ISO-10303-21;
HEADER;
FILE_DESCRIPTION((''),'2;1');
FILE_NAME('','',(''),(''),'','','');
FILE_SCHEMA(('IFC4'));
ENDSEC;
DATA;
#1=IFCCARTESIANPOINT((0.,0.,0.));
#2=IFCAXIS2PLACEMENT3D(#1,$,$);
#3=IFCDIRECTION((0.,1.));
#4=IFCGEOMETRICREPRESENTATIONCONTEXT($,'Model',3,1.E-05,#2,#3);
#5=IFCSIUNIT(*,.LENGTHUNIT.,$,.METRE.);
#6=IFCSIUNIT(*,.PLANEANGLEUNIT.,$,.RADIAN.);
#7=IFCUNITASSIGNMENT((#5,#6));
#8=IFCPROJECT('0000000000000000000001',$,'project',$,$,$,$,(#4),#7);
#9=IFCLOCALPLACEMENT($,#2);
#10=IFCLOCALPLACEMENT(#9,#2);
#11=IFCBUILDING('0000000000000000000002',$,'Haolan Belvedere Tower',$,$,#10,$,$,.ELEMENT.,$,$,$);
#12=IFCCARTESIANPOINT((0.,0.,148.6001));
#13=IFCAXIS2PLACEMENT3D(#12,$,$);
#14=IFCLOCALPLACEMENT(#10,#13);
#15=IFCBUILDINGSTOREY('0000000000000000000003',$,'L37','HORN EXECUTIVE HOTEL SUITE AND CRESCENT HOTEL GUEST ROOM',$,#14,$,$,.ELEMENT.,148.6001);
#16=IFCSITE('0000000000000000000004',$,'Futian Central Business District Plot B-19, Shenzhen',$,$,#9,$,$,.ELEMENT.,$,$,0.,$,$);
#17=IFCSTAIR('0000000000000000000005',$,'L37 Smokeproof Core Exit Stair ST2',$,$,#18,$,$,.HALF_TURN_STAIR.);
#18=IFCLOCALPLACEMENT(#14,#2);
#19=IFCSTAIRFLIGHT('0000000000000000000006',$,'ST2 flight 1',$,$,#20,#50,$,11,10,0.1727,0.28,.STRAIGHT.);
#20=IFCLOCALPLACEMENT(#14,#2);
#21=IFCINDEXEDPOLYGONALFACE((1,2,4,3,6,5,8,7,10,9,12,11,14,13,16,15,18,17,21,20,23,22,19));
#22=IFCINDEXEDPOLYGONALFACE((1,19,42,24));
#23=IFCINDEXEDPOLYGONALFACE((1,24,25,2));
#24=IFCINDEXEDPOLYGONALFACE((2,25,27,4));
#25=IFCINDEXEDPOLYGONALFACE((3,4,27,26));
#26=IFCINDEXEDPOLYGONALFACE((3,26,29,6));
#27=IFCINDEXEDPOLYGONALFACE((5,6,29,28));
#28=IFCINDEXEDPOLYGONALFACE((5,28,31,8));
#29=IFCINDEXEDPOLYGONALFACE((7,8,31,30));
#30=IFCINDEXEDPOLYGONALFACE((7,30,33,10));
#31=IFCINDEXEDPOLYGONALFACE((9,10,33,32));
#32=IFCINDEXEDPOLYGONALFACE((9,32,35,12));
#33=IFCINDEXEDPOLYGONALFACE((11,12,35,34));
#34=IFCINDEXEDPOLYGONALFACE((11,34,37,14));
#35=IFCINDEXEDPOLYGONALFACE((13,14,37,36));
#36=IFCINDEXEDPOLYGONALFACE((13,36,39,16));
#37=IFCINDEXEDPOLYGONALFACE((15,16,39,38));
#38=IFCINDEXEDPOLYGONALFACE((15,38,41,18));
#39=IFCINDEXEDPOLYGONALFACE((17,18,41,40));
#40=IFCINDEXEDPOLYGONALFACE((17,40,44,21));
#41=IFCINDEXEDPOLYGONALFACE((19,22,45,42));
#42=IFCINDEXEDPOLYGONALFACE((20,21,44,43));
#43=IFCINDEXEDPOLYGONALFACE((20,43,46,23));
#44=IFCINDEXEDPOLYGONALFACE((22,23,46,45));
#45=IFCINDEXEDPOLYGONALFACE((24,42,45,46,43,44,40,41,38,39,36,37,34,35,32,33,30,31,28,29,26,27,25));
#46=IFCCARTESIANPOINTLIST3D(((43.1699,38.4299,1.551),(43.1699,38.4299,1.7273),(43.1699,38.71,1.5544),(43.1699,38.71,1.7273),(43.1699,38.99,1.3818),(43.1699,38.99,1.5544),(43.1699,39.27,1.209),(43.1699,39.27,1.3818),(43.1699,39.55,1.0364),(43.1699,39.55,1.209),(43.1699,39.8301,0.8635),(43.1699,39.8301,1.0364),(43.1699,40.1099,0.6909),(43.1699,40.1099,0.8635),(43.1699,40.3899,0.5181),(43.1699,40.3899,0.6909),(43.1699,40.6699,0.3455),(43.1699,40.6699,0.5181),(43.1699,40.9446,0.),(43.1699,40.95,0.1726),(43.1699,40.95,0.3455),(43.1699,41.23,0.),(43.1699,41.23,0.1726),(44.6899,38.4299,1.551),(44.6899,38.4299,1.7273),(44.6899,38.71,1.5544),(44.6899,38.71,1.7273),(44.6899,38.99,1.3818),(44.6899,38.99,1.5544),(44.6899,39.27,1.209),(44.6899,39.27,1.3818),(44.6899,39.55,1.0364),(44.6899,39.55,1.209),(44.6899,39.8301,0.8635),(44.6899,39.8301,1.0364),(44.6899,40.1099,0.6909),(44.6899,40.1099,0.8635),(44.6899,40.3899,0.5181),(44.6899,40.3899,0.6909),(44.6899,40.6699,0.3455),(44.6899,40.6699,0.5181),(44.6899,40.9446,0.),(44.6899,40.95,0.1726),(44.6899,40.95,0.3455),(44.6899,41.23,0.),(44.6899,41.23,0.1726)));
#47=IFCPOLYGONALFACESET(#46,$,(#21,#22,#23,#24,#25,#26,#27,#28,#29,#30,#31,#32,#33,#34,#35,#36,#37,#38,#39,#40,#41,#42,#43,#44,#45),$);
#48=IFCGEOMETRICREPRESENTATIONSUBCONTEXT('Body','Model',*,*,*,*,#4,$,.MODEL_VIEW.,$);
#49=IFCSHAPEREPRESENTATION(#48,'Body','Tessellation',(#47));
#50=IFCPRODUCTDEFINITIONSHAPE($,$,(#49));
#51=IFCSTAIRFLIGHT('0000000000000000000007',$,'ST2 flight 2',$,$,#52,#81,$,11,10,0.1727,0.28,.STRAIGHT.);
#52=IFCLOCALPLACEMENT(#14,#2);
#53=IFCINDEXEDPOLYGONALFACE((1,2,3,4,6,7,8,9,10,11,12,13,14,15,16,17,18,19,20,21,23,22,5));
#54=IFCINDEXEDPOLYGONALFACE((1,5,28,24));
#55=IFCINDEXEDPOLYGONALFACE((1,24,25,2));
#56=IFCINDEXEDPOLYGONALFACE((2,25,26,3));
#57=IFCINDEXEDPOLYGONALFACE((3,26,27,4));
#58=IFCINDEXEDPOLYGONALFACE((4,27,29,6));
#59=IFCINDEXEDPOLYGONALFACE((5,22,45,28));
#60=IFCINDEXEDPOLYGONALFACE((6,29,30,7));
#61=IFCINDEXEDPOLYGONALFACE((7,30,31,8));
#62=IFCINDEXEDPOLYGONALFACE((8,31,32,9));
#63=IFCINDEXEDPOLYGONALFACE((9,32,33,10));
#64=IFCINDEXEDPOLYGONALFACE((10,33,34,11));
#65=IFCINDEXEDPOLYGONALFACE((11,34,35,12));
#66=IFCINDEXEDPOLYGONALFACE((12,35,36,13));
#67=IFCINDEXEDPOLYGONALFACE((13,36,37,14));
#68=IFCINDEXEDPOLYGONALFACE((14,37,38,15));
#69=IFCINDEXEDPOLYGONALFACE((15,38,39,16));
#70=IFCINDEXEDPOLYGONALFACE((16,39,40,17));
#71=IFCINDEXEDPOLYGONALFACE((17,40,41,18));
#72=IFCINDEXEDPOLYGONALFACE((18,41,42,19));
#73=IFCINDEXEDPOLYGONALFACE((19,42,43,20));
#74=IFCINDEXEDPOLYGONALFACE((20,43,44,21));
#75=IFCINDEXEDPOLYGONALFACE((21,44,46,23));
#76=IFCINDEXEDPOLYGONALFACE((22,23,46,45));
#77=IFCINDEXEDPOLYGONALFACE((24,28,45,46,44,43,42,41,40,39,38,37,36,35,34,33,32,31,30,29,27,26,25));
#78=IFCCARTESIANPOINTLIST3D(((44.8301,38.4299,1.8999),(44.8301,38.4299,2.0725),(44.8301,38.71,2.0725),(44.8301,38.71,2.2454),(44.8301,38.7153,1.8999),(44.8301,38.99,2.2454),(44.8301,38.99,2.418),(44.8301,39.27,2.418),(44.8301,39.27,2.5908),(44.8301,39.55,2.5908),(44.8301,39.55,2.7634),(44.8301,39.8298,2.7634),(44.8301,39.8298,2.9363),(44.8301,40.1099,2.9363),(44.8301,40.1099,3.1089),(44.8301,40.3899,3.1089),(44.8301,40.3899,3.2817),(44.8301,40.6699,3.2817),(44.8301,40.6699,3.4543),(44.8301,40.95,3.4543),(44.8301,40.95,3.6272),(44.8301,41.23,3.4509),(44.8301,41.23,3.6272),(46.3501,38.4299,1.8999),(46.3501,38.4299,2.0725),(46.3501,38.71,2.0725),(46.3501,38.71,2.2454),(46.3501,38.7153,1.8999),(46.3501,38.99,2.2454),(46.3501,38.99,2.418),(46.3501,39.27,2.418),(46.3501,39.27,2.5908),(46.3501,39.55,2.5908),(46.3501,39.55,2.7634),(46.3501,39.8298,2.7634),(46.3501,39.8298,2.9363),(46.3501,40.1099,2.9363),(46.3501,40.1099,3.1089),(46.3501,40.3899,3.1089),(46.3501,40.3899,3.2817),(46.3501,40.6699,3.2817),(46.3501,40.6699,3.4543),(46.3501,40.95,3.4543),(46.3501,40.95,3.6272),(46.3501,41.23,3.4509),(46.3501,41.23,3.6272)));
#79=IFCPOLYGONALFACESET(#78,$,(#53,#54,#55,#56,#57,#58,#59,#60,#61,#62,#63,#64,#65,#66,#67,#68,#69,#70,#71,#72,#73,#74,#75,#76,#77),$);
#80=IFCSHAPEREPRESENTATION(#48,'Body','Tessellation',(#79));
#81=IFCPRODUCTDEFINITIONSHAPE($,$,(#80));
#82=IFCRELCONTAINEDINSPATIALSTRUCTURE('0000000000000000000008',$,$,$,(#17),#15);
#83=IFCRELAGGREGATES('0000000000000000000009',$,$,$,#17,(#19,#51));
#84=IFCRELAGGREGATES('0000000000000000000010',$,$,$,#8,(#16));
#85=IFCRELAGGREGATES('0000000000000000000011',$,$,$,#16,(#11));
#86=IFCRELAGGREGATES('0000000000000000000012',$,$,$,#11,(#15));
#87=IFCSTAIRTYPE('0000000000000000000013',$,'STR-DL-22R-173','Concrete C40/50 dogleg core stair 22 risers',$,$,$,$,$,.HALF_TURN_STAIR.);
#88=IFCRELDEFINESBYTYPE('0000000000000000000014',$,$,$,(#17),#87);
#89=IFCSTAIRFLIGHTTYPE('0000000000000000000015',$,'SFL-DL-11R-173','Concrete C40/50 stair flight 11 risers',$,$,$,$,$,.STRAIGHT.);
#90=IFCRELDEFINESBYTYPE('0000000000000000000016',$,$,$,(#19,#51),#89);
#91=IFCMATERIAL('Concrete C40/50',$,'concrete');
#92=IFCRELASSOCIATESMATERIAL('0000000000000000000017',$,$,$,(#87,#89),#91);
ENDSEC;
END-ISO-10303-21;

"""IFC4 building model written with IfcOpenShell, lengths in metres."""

from ifc_helpers import new_model, si_unit, direction, frame, origin, place, context, subcontext, project, spatial, polyline, outline, extrude, material, type_object, element, aggregate, save


model = new_model("IFC4")

# Units and contexts
model_context = context("Model", 3, precision=1e-05, world=origin(), true_north=direction((0.0, 1.0)))
body_context = subcontext(model_context, "Body", "Model", "MODEL_VIEW")
ifc_project = project(units=[si_unit("LENGTHUNIT", "METRE"), si_unit("PLANEANGLEUNIT", "RADIAN")], contexts=[model_context])

# Site, building, storey
site_placement = place(None, origin())
site = spatial("IfcSite", under=ifc_project, at=site_placement, Name="Futian Central Business District Plot B-19, Shenzhen", CompositionType="ELEMENT", RefElevation=0.0)
building_placement = place(site_placement, origin())
building = spatial("IfcBuilding", under=site, at=building_placement, Name="Haolan Belvedere Tower", CompositionType="ELEMENT")
storey_placement = place(building_placement, frame((0.0, 0.0, 148.6001)))
storey = spatial("IfcBuildingStorey", under=building, at=storey_placement, Name="L37", Description="HORN EXECUTIVE HOTEL SUITE AND CRESCENT HOTEL GUEST ROOM", CompositionType="ELEMENT", Elevation=148.6001)

# Stair, stair flights
ifc_material_1 = material(Name="Concrete C40/50", Category="concrete")
stair_type = type_object("IfcStairType", Name="STR-DL-22R-173", Description="Concrete C40/50 dogleg core stair 22 risers", PredefinedType="HALF_TURN_STAIR", material=ifc_material_1)
stair_flight_type = type_object("IfcStairFlightType", Name="SFL-DL-11R-173", Description="Concrete C40/50 stair flight 11 risers", PredefinedType="STRAIGHT", material=ifc_material_1)
stair_1_placement = place(storey_placement, origin())
stair_1 = element("IfcStair", 1, at=stair_1_placement, inside=storey, type_object=stair_type, Name="L37 Smokeproof Core Exit Stair ST2", PredefinedType="HALF_TURN_STAIR")
stair_flight_1_placement = place(storey_placement, frame((43.9299, 41.23, 0.0), z_axis=(0.0, 0.0, 1.0), x_axis=(0.0, -1.0, 0.0)))
stair_flight_1 = element("IfcStairFlight", 2, at=stair_flight_1_placement, type_object=stair_flight_type, Name="ST2 flight 1", NumberOfRisers=11, NumberOfTreads=10, PredefinedType="STRAIGHT", RiserHeight=0.1727, TreadLength=0.28, context=body_context, shape_type="SweptSolid", body=[
    extrude(outline(polyline([(0.0, 0.0), (0.0, 0.1726), (0.28, 0.1726), (0.28, 0.3455), (0.5601, 0.3455), (0.5601, 0.5181), (0.8401, 0.5181), (0.8401, 0.6909), (1.1201, 0.6909), (1.1201, 0.8635), (1.3999, 0.8635), (1.3999, 1.0364), (1.6799, 1.0364), (1.6799, 1.209), (1.96, 1.209), (1.96, 1.3818), (2.24, 1.3818), (2.24, 1.5544), (2.52, 1.5544), (2.52, 1.7273), (2.8, 1.7273), (2.8, 1.8999), (2.8, 1.551), (0.2854, 0.0), (0.0, 0.0)])), frame((0.0, 0.76, 0.0), z_axis=(0.0, -1.0, 0.0), x_axis=(1.0, 0.0, 0.0)), (0.0, 0.0, 1.0), 1.52),
])
stair_flight_2_placement = place(storey_placement, frame((45.5901, 38.4299, 1.8999), z_axis=(0.0, 0.0, 1.0), x_axis=(0.0, 1.0, 0.0)))
stair_flight_2 = element("IfcStairFlight", 3, at=stair_flight_2_placement, type_object=stair_flight_type, Name="ST2 flight 2", NumberOfRisers=11, NumberOfTreads=10, PredefinedType="STRAIGHT", RiserHeight=0.1727, TreadLength=0.28, context=body_context, shape_type="SweptSolid", body=[
    extrude(outline(polyline([(0.0, 0.0), (0.0, 0.1726), (0.28, 0.1726), (0.28, 0.3455), (0.5601, 0.3455), (0.5601, 0.5181), (0.8401, 0.5181), (0.8401, 0.6909), (1.1201, 0.6909), (1.1201, 0.8635), (1.3999, 0.8635), (1.3999, 1.0364), (1.6799, 1.0364), (1.6799, 1.209), (1.96, 1.209), (1.96, 1.3818), (2.24, 1.3818), (2.24, 1.5544), (2.52, 1.5544), (2.52, 1.7273), (2.8, 1.7273), (2.8, 1.8999), (2.8, 1.551), (0.2854, 0.0), (0.0, 0.0)])), frame((0.0, 0.76, 0.0), z_axis=(0.0, -1.0, 0.0), x_axis=(1.0, 0.0, 0.0)), (0.0, 0.0, 1.0), 1.52),
])
aggregate(stair_1, [stair_flight_1, stair_flight_2])

save(model, "model.ifc")
